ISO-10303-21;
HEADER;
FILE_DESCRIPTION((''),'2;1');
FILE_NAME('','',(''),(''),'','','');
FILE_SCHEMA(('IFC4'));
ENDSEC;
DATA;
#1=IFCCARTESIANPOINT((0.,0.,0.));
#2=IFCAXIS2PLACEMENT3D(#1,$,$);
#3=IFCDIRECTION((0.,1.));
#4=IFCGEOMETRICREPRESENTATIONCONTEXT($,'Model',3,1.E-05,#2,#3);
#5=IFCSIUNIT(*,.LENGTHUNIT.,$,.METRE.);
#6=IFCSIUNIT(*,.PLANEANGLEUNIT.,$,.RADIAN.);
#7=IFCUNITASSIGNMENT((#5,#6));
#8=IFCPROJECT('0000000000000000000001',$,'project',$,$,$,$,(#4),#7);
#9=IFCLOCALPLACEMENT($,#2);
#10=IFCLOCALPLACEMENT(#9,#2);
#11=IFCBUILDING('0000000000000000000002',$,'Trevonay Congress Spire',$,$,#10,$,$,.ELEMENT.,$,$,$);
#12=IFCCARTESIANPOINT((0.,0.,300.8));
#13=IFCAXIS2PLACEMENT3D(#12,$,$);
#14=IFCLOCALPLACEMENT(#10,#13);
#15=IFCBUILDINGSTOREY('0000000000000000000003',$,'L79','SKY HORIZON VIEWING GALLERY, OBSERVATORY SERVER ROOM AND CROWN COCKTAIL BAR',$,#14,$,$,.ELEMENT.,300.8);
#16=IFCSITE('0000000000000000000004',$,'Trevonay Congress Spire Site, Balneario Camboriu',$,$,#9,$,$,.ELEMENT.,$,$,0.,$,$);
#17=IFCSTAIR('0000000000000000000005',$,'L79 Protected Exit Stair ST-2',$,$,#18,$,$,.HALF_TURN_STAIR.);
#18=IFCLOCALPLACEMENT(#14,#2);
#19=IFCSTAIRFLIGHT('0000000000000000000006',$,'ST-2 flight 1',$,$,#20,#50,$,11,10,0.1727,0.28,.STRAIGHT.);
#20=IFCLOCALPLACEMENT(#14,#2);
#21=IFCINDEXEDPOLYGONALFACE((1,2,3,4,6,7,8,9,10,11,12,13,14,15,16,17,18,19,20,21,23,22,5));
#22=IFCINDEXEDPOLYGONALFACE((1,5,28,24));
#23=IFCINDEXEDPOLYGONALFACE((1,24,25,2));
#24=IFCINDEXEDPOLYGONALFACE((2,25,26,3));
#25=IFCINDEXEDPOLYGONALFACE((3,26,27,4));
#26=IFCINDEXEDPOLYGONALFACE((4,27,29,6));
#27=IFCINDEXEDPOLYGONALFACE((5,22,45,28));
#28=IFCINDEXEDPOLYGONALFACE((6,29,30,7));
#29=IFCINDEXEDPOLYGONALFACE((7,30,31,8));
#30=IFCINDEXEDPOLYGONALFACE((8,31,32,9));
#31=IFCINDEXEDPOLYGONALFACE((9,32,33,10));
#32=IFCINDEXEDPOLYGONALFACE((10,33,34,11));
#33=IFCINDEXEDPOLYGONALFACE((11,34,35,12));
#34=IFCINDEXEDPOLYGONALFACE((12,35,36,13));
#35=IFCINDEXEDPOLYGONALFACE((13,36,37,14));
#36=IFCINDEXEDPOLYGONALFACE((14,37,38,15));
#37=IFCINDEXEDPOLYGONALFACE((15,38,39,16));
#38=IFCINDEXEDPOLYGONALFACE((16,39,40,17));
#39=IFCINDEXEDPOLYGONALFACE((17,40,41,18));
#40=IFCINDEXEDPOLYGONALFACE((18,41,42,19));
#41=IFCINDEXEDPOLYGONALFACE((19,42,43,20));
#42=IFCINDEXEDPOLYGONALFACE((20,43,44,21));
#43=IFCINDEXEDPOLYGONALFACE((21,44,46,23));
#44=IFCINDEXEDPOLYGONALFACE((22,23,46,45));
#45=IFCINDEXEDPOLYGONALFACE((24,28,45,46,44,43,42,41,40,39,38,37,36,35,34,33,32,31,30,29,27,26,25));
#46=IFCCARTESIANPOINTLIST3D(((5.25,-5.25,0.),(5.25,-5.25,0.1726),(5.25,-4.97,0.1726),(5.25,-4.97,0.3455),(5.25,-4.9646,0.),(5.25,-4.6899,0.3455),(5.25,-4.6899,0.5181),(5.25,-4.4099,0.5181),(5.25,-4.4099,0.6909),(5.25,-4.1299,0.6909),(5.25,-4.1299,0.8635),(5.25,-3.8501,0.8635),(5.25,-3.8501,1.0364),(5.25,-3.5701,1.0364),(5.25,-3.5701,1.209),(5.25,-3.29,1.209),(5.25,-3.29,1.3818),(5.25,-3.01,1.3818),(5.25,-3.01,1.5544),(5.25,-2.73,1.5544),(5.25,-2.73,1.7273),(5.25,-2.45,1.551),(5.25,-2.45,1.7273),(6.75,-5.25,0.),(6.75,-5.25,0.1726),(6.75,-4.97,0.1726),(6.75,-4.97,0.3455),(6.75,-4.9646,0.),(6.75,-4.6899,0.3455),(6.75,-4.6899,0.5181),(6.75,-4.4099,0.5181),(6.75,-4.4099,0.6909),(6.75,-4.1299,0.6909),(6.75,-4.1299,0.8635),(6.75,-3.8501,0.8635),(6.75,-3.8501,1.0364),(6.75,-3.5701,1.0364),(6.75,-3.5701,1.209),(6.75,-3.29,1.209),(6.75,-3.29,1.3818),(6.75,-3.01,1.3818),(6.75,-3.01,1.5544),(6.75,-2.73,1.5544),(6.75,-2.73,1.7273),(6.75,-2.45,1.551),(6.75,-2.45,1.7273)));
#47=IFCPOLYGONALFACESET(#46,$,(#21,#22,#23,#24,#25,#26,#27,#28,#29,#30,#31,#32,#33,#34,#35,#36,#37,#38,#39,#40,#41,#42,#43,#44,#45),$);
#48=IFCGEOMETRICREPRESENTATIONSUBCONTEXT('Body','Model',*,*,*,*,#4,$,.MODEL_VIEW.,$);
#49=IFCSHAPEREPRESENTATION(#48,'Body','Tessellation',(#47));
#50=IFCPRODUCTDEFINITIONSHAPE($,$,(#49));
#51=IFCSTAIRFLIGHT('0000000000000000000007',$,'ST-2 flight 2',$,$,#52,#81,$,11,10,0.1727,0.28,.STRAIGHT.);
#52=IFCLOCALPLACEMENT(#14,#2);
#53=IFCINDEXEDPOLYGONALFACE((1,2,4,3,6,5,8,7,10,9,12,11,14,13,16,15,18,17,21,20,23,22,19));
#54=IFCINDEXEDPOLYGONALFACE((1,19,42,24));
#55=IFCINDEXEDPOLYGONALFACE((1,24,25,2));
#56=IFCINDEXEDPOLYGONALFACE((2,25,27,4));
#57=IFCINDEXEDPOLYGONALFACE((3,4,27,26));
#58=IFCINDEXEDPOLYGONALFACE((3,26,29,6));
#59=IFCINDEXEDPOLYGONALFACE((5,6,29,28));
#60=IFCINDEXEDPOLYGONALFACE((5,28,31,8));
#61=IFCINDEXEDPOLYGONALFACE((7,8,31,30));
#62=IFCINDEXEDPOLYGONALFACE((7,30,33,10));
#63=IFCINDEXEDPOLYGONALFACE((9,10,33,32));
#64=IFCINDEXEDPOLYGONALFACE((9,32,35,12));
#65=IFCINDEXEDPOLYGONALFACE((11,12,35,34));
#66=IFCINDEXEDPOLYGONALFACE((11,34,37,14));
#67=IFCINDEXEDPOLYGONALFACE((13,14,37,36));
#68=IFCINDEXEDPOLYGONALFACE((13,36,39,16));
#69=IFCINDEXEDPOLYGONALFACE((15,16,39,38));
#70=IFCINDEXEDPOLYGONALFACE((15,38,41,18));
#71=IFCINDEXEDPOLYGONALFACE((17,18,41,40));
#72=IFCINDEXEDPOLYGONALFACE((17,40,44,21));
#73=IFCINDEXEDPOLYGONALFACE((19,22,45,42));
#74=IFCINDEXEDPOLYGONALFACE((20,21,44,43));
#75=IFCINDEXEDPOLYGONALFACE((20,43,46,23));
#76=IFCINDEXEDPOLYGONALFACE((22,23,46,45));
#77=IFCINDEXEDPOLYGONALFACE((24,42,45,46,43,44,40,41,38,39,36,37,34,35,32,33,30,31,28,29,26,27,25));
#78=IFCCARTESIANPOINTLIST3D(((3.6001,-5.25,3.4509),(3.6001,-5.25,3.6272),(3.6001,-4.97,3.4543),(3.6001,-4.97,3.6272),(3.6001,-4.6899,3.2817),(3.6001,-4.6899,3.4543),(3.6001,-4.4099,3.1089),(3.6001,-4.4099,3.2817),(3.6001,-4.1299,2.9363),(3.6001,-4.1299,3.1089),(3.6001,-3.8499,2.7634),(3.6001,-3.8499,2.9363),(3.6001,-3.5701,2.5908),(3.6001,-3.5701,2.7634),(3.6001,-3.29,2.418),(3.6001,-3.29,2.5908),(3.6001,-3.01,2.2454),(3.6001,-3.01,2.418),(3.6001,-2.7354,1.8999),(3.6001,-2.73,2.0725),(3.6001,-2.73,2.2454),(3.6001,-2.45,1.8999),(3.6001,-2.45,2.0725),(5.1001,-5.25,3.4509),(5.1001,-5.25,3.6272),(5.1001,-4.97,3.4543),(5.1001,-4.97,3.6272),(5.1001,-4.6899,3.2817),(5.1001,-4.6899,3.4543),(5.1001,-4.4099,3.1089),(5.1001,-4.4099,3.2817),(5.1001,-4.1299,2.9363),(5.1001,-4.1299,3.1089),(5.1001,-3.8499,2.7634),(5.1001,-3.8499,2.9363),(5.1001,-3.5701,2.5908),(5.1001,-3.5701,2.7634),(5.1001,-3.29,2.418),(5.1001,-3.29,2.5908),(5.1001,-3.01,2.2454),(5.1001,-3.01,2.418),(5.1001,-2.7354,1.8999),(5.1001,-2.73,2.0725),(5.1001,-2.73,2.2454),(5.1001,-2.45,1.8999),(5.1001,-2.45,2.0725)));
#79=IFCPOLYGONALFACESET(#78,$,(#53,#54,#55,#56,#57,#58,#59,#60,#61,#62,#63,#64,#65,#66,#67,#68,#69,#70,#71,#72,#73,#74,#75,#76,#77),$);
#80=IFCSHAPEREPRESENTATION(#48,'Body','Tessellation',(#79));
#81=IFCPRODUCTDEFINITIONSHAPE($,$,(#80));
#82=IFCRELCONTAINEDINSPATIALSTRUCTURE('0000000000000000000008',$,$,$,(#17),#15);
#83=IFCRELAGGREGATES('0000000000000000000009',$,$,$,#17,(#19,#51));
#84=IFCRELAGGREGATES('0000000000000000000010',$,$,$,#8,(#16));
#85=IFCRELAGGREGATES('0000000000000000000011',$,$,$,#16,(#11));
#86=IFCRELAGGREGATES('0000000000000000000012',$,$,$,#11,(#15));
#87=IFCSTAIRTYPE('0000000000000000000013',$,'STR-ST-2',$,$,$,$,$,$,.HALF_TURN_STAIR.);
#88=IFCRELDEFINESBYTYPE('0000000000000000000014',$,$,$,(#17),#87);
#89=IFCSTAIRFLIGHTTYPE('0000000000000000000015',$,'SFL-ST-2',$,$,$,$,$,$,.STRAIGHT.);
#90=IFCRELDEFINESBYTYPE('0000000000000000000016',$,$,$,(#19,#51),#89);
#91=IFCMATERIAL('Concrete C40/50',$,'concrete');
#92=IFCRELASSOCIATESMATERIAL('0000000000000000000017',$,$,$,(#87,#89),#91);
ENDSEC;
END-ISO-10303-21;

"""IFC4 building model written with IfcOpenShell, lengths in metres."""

from ifc_helpers import new_model, si_unit, direction, frame, origin, place, context, subcontext, project, spatial, polyline, outline, extrude, material, type_object, element, aggregate, save


model = new_model("IFC4")

# Units and contexts
model_context = context("Model", 3, precision=1e-05, world=origin(), true_north=direction((0.0, 1.0)))
body_context = subcontext(model_context, "Body", "Model", "MODEL_VIEW")
ifc_project = project(units=[si_unit("LENGTHUNIT", "METRE"), si_unit("PLANEANGLEUNIT", "RADIAN")], contexts=[model_context])

# Site, building, storey
site_placement = place(None, origin())
site = spatial("IfcSite", under=ifc_project, at=site_placement, Name="Trevonay Congress Spire Site, Balneario Camboriu", CompositionType="ELEMENT", RefElevation=0.0)
building_placement = place(site_placement, origin())
building = spatial("IfcBuilding", under=site, at=building_placement, Name="Trevonay Congress Spire", CompositionType="ELEMENT")
storey_placement = place(building_placement, frame((0.0, 0.0, 300.8)))
storey = spatial("IfcBuildingStorey", under=building, at=storey_placement, Name="L79", Description="SKY HORIZON VIEWING GALLERY, OBSERVATORY SERVER ROOM AND CROWN COCKTAIL BAR", CompositionType="ELEMENT", Elevation=300.8)

# Shared definitions
ifc_material_1 = material(Name="Concrete C40/50", Category="concrete")

# Stair, stair flights
stair_type = type_object("IfcStairType", Name="STR-ST-2", PredefinedType="HALF_TURN_STAIR", material=ifc_material_1)
stair_placement = place(storey_placement, origin())
stair = element("IfcStair", 1, at=stair_placement, inside=storey, type_object=stair_type, Name="L79 Protected Exit Stair ST-2", PredefinedType="HALF_TURN_STAIR")
stair_flight_type = type_object("IfcStairFlightType", Name="SFL-ST-2", PredefinedType="STRAIGHT", material=ifc_material_1)
stair_flight_1_placement = place(storey_placement, frame((6.0, -5.25, 0.0), z_axis=(0.0, 0.0, 1.0), x_axis=(0.0, 1.0, 0.0)))
stair_flight_1 = element("IfcStairFlight", 2, at=stair_flight_1_placement, type_object=stair_flight_type, Name="ST-2 flight 1", NumberOfRisers=11, NumberOfTreads=10, PredefinedType="STRAIGHT", RiserHeight=0.1727, TreadLength=0.28, context=body_context, shape_type="SweptSolid", body=[
    extrude(outline(polyline([(0.0, 0.0), (0.0, 0.1726), (0.28, 0.1726), (0.28, 0.3455), (0.5601, 0.3455), (0.5601, 0.5181), (0.8401, 0.5181), (0.8401, 0.6909), (1.1201, 0.6909), (1.1201, 0.8635), (1.3999, 0.8635), (1.3999, 1.0364), (1.6799, 1.0364), (1.6799, 1.209), (1.96, 1.209), (1.96, 1.3818), (2.24, 1.3818), (2.24, 1.5544), (2.52, 1.5544), (2.52, 1.7273), (2.8, 1.7273), (2.8, 1.8999), (2.8, 1.551), (0.2854, 0.0), (0.0, 0.0)])), frame((0.0, 0.75, 0.0), z_axis=(0.0, -1.0, 0.0), x_axis=(1.0, 0.0, 0.0)), (0.0, 0.0, 1.0), 1.5),
])
stair_flight_2_placement = place(storey_placement, frame((4.3501, -2.45, 1.8999), z_axis=(0.0, 0.0, 1.0), x_axis=(0.0, -1.0, 0.0)))
stair_flight_2 = element("IfcStairFlight", 3, at=stair_flight_2_placement, type_object=stair_flight_type, Name="ST-2 flight 2", NumberOfRisers=11, NumberOfTreads=10, PredefinedType="STRAIGHT", RiserHeight=0.1727, TreadLength=0.28, context=body_context, shape_type="SweptSolid", body=[
    extrude(outline(polyline([(0.0, 0.0), (0.0, 0.1726), (0.28, 0.1726), (0.28, 0.3455), (0.5601, 0.3455), (0.5601, 0.5181), (0.8401, 0.5181), (0.8401, 0.6909), (1.1201, 0.6909), (1.1201, 0.8635), (1.3999, 0.8635), (1.3999, 1.0364), (1.6799, 1.0364), (1.6799, 1.209), (1.96, 1.209), (1.96, 1.3818), (2.24, 1.3818), (2.24, 1.5544), (2.52, 1.5544), (2.52, 1.7273), (2.8, 1.7273), (2.8, 1.8999), (2.8, 1.551), (0.2854, 0.0), (0.0, 0.0)])), frame((0.0, 0.75, 0.0), z_axis=(0.0, -1.0, 0.0), x_axis=(1.0, 0.0, 0.0)), (0.0, 0.0, 1.0), 1.5),
])
aggregate(stair, [stair_flight_1, stair_flight_2])

save(model, "model.ifc")
